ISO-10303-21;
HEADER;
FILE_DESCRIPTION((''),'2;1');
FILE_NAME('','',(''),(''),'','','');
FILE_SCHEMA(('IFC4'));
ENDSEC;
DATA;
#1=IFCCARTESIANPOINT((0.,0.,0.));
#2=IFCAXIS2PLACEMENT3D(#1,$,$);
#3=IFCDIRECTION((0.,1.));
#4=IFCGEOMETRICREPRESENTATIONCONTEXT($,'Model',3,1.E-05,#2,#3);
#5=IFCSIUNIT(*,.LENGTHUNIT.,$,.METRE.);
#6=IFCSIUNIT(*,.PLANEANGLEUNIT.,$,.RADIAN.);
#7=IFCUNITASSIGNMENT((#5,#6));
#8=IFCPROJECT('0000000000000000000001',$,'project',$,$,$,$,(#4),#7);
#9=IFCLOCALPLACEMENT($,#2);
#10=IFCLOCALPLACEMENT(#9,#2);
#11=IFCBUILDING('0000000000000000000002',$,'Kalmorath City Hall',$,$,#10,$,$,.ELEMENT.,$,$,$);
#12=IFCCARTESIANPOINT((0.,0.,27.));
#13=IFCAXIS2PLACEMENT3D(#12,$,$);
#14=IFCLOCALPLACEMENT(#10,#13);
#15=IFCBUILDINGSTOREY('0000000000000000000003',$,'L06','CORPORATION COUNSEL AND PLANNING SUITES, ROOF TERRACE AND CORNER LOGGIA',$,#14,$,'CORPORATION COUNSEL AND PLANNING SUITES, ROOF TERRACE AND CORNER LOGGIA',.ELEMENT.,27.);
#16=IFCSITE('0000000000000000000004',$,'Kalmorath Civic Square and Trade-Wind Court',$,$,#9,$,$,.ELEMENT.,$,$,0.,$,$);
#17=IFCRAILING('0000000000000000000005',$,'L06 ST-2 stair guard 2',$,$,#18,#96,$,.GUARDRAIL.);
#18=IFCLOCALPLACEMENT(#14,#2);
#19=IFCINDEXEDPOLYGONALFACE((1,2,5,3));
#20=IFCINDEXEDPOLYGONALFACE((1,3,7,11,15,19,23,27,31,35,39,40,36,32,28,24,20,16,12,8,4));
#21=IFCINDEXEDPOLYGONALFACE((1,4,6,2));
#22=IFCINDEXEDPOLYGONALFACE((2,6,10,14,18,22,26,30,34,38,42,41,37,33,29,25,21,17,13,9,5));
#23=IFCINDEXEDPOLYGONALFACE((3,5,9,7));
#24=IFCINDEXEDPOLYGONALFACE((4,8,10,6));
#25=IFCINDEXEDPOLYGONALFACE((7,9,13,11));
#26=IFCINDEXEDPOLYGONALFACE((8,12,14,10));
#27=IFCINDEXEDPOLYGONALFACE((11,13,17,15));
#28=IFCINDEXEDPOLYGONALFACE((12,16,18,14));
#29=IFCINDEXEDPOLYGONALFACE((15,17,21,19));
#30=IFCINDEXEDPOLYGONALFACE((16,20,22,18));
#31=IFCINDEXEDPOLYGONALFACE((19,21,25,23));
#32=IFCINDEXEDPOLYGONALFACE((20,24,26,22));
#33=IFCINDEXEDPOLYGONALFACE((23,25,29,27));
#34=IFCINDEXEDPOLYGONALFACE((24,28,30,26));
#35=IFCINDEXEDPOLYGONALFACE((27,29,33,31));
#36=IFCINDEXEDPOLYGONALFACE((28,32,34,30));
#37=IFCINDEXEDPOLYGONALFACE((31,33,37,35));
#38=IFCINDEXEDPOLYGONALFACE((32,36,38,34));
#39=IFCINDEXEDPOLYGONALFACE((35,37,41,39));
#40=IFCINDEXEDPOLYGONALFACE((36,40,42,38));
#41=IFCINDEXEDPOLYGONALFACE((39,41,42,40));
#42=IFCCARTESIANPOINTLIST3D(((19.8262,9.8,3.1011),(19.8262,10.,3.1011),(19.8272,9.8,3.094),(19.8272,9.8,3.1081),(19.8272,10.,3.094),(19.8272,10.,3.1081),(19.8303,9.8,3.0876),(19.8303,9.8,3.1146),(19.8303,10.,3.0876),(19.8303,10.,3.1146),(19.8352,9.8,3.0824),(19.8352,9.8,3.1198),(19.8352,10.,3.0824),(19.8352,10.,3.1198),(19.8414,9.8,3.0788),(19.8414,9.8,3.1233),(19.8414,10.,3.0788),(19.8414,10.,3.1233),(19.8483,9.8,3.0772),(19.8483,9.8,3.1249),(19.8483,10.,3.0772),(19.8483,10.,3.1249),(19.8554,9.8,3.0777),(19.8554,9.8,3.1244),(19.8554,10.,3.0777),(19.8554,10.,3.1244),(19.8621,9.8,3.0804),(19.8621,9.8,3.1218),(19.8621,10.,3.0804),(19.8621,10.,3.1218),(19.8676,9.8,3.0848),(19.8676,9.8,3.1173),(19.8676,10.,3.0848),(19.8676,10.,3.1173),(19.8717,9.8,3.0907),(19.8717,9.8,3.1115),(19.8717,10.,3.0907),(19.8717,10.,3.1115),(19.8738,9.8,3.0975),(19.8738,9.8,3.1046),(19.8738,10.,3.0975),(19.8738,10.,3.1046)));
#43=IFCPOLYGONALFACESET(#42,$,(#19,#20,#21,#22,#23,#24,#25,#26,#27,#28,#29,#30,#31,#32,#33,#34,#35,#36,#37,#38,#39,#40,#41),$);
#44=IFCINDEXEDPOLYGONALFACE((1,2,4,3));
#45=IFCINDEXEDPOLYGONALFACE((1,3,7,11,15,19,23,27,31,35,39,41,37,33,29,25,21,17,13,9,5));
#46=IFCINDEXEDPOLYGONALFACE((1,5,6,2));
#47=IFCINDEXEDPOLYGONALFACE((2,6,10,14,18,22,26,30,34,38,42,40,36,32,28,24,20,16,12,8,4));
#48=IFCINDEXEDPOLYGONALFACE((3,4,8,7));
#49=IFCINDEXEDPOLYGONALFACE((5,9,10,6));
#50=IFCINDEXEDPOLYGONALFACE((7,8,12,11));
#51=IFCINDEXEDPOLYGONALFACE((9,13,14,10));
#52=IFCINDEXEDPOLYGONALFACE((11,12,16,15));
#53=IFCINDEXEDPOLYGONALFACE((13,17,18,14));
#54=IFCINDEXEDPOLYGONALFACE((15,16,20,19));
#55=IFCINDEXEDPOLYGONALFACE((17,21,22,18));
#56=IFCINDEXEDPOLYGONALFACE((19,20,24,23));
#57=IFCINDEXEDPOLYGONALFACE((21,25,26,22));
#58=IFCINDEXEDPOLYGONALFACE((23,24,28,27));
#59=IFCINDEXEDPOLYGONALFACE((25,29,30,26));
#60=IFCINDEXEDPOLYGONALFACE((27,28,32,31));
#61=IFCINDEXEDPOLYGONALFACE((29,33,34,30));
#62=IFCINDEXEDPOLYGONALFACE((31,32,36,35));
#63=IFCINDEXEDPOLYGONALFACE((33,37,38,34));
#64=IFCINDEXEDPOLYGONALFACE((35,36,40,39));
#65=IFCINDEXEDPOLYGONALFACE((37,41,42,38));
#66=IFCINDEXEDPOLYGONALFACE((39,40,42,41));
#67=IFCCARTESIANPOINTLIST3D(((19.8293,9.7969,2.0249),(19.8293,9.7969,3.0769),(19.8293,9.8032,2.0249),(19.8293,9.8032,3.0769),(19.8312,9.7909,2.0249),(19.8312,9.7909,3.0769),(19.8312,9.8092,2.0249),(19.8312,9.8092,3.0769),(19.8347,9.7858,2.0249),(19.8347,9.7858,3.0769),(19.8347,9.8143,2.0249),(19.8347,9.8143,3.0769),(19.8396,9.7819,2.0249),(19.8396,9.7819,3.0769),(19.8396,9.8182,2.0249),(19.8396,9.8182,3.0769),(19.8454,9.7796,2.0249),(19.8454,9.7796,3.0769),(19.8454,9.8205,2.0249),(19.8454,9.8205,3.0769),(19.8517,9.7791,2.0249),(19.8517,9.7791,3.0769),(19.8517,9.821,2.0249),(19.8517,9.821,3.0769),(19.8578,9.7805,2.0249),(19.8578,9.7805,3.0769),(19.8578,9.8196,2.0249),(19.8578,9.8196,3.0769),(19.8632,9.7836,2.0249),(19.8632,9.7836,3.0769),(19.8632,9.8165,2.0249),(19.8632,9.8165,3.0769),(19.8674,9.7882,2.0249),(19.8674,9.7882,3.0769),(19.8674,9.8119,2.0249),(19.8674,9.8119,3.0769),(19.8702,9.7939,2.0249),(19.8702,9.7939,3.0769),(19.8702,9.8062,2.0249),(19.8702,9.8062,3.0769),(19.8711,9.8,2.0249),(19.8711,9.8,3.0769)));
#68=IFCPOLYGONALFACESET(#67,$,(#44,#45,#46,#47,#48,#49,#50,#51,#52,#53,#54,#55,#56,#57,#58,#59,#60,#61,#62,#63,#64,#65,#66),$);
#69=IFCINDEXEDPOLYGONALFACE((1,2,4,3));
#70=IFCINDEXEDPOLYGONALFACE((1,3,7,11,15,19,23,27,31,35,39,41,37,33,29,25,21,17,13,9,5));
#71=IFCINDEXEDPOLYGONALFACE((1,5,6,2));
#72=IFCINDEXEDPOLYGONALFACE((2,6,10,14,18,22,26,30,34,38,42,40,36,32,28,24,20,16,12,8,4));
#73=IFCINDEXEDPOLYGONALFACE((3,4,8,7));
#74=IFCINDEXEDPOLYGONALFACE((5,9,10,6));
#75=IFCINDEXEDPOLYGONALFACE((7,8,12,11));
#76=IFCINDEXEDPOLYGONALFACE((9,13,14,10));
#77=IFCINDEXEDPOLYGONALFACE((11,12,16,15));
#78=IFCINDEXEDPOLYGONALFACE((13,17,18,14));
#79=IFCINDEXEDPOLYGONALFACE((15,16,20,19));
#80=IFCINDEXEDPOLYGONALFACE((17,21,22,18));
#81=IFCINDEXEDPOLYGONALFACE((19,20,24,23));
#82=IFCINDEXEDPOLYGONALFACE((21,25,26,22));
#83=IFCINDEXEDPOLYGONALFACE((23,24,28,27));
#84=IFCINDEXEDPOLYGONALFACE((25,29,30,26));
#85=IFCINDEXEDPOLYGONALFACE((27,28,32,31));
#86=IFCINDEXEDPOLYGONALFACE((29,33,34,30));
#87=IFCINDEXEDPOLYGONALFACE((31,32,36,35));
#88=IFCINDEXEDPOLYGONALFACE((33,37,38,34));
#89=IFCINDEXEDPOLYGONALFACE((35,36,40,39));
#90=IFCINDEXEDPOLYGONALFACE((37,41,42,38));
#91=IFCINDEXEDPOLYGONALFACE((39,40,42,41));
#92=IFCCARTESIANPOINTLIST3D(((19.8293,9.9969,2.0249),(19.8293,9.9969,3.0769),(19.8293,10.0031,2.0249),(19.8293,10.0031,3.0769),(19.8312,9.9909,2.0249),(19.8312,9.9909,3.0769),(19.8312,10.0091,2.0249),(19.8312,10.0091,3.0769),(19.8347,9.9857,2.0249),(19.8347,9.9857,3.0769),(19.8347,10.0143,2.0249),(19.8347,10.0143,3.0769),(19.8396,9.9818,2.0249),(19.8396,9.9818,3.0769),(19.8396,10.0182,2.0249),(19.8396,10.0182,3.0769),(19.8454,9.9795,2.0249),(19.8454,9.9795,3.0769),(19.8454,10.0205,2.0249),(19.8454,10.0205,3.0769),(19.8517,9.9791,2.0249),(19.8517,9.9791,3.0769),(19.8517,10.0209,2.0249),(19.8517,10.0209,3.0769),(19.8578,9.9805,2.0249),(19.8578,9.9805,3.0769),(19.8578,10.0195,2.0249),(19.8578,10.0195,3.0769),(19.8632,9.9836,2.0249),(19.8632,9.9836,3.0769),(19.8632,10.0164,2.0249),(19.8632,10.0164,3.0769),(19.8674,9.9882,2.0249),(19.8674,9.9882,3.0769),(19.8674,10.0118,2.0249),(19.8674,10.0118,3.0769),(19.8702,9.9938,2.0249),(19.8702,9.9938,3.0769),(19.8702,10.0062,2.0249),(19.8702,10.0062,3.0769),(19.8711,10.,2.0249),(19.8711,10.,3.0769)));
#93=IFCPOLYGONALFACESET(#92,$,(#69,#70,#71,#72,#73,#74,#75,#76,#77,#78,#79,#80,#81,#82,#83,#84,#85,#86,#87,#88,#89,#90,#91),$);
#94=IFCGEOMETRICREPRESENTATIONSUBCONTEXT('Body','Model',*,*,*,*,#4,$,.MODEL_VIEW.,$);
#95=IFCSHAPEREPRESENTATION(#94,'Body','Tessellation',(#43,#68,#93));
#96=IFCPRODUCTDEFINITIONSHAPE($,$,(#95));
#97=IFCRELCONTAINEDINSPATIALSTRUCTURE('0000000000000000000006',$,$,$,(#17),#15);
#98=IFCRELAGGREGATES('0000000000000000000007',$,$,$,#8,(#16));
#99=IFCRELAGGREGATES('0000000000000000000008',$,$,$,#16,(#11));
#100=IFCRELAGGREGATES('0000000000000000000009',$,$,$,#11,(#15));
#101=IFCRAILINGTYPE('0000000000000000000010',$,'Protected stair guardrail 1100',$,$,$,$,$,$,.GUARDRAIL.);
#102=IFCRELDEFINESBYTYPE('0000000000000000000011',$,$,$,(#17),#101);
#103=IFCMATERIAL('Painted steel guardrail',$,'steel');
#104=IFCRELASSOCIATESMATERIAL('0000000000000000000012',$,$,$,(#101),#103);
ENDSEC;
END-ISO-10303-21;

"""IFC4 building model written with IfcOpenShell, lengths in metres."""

from ifc_helpers import new_model, si_unit, direction, frame, origin, origin_2d, place, context, subcontext, project, spatial, circle, extrude, material, type_object, element, save


model = new_model("IFC4")

# Units and contexts
model_context = context("Model", 3, precision=1e-05, world=origin(), true_north=direction((0.0, 1.0)))
body_context = subcontext(model_context, "Body", "Model", "MODEL_VIEW")
ifc_project = project(units=[si_unit("LENGTHUNIT", "METRE"), si_unit("PLANEANGLEUNIT", "RADIAN")], contexts=[model_context])

# Site, building, storey
site_placement = place(None, origin())
site = spatial("IfcSite", under=ifc_project, at=site_placement, Name="Kalmorath Civic Square and Trade-Wind Court", CompositionType="ELEMENT", RefElevation=0.0)
building_placement = place(site_placement, origin())
building = spatial("IfcBuilding", under=site, at=building_placement, Name="Kalmorath City Hall", CompositionType="ELEMENT")
storey_placement = place(building_placement, frame((0.0, 0.0, 27.0)))
storey = spatial("IfcBuildingStorey", under=building, at=storey_placement, Name="L06", Description="CORPORATION COUNSEL AND PLANNING SUITES, ROOF TERRACE AND CORNER LOGGIA", LongName="CORPORATION COUNSEL AND PLANNING SUITES, ROOF TERRACE AND CORNER LOGGIA", CompositionType="ELEMENT", Elevation=27.0)

# Railing
ifc_material_1 = material(Name="Painted steel guardrail", Category="steel")
railing_type_1 = type_object("IfcRailingType", Name="Protected stair guardrail 1100", PredefinedType="GUARDRAIL", material=ifc_material_1)
railing_1_placement = place(storey_placement, frame((19.8501, 9.8, 2.0249)))
element("IfcRailing", 1, at=railing_1_placement, inside=storey, type_object=railing_type_1, Name="L06 ST-2 stair guard 2", PredefinedType="GUARDRAIL", context=body_context, shape_type="SweptSolid", body=[
    extrude(circle(Radius=0.0239, at=origin_2d()), frame((0.0, 0.0, 1.0762), z_axis=(0.0, 1.0, 0.0), x_axis=(-1.0, 0.0, 0.0)), (0.0, 0.0, 1.0), 0.2),
    extrude(circle(Radius=0.021, at=origin_2d()), origin(), (0.0, 0.0, 1.0), 1.052),
    extrude(circle(Radius=0.021, at=origin_2d()), frame((0.0, 0.2, 0.0)), (0.0, 0.0, 1.0), 1.052),
])

save(model, "model.ifc")
